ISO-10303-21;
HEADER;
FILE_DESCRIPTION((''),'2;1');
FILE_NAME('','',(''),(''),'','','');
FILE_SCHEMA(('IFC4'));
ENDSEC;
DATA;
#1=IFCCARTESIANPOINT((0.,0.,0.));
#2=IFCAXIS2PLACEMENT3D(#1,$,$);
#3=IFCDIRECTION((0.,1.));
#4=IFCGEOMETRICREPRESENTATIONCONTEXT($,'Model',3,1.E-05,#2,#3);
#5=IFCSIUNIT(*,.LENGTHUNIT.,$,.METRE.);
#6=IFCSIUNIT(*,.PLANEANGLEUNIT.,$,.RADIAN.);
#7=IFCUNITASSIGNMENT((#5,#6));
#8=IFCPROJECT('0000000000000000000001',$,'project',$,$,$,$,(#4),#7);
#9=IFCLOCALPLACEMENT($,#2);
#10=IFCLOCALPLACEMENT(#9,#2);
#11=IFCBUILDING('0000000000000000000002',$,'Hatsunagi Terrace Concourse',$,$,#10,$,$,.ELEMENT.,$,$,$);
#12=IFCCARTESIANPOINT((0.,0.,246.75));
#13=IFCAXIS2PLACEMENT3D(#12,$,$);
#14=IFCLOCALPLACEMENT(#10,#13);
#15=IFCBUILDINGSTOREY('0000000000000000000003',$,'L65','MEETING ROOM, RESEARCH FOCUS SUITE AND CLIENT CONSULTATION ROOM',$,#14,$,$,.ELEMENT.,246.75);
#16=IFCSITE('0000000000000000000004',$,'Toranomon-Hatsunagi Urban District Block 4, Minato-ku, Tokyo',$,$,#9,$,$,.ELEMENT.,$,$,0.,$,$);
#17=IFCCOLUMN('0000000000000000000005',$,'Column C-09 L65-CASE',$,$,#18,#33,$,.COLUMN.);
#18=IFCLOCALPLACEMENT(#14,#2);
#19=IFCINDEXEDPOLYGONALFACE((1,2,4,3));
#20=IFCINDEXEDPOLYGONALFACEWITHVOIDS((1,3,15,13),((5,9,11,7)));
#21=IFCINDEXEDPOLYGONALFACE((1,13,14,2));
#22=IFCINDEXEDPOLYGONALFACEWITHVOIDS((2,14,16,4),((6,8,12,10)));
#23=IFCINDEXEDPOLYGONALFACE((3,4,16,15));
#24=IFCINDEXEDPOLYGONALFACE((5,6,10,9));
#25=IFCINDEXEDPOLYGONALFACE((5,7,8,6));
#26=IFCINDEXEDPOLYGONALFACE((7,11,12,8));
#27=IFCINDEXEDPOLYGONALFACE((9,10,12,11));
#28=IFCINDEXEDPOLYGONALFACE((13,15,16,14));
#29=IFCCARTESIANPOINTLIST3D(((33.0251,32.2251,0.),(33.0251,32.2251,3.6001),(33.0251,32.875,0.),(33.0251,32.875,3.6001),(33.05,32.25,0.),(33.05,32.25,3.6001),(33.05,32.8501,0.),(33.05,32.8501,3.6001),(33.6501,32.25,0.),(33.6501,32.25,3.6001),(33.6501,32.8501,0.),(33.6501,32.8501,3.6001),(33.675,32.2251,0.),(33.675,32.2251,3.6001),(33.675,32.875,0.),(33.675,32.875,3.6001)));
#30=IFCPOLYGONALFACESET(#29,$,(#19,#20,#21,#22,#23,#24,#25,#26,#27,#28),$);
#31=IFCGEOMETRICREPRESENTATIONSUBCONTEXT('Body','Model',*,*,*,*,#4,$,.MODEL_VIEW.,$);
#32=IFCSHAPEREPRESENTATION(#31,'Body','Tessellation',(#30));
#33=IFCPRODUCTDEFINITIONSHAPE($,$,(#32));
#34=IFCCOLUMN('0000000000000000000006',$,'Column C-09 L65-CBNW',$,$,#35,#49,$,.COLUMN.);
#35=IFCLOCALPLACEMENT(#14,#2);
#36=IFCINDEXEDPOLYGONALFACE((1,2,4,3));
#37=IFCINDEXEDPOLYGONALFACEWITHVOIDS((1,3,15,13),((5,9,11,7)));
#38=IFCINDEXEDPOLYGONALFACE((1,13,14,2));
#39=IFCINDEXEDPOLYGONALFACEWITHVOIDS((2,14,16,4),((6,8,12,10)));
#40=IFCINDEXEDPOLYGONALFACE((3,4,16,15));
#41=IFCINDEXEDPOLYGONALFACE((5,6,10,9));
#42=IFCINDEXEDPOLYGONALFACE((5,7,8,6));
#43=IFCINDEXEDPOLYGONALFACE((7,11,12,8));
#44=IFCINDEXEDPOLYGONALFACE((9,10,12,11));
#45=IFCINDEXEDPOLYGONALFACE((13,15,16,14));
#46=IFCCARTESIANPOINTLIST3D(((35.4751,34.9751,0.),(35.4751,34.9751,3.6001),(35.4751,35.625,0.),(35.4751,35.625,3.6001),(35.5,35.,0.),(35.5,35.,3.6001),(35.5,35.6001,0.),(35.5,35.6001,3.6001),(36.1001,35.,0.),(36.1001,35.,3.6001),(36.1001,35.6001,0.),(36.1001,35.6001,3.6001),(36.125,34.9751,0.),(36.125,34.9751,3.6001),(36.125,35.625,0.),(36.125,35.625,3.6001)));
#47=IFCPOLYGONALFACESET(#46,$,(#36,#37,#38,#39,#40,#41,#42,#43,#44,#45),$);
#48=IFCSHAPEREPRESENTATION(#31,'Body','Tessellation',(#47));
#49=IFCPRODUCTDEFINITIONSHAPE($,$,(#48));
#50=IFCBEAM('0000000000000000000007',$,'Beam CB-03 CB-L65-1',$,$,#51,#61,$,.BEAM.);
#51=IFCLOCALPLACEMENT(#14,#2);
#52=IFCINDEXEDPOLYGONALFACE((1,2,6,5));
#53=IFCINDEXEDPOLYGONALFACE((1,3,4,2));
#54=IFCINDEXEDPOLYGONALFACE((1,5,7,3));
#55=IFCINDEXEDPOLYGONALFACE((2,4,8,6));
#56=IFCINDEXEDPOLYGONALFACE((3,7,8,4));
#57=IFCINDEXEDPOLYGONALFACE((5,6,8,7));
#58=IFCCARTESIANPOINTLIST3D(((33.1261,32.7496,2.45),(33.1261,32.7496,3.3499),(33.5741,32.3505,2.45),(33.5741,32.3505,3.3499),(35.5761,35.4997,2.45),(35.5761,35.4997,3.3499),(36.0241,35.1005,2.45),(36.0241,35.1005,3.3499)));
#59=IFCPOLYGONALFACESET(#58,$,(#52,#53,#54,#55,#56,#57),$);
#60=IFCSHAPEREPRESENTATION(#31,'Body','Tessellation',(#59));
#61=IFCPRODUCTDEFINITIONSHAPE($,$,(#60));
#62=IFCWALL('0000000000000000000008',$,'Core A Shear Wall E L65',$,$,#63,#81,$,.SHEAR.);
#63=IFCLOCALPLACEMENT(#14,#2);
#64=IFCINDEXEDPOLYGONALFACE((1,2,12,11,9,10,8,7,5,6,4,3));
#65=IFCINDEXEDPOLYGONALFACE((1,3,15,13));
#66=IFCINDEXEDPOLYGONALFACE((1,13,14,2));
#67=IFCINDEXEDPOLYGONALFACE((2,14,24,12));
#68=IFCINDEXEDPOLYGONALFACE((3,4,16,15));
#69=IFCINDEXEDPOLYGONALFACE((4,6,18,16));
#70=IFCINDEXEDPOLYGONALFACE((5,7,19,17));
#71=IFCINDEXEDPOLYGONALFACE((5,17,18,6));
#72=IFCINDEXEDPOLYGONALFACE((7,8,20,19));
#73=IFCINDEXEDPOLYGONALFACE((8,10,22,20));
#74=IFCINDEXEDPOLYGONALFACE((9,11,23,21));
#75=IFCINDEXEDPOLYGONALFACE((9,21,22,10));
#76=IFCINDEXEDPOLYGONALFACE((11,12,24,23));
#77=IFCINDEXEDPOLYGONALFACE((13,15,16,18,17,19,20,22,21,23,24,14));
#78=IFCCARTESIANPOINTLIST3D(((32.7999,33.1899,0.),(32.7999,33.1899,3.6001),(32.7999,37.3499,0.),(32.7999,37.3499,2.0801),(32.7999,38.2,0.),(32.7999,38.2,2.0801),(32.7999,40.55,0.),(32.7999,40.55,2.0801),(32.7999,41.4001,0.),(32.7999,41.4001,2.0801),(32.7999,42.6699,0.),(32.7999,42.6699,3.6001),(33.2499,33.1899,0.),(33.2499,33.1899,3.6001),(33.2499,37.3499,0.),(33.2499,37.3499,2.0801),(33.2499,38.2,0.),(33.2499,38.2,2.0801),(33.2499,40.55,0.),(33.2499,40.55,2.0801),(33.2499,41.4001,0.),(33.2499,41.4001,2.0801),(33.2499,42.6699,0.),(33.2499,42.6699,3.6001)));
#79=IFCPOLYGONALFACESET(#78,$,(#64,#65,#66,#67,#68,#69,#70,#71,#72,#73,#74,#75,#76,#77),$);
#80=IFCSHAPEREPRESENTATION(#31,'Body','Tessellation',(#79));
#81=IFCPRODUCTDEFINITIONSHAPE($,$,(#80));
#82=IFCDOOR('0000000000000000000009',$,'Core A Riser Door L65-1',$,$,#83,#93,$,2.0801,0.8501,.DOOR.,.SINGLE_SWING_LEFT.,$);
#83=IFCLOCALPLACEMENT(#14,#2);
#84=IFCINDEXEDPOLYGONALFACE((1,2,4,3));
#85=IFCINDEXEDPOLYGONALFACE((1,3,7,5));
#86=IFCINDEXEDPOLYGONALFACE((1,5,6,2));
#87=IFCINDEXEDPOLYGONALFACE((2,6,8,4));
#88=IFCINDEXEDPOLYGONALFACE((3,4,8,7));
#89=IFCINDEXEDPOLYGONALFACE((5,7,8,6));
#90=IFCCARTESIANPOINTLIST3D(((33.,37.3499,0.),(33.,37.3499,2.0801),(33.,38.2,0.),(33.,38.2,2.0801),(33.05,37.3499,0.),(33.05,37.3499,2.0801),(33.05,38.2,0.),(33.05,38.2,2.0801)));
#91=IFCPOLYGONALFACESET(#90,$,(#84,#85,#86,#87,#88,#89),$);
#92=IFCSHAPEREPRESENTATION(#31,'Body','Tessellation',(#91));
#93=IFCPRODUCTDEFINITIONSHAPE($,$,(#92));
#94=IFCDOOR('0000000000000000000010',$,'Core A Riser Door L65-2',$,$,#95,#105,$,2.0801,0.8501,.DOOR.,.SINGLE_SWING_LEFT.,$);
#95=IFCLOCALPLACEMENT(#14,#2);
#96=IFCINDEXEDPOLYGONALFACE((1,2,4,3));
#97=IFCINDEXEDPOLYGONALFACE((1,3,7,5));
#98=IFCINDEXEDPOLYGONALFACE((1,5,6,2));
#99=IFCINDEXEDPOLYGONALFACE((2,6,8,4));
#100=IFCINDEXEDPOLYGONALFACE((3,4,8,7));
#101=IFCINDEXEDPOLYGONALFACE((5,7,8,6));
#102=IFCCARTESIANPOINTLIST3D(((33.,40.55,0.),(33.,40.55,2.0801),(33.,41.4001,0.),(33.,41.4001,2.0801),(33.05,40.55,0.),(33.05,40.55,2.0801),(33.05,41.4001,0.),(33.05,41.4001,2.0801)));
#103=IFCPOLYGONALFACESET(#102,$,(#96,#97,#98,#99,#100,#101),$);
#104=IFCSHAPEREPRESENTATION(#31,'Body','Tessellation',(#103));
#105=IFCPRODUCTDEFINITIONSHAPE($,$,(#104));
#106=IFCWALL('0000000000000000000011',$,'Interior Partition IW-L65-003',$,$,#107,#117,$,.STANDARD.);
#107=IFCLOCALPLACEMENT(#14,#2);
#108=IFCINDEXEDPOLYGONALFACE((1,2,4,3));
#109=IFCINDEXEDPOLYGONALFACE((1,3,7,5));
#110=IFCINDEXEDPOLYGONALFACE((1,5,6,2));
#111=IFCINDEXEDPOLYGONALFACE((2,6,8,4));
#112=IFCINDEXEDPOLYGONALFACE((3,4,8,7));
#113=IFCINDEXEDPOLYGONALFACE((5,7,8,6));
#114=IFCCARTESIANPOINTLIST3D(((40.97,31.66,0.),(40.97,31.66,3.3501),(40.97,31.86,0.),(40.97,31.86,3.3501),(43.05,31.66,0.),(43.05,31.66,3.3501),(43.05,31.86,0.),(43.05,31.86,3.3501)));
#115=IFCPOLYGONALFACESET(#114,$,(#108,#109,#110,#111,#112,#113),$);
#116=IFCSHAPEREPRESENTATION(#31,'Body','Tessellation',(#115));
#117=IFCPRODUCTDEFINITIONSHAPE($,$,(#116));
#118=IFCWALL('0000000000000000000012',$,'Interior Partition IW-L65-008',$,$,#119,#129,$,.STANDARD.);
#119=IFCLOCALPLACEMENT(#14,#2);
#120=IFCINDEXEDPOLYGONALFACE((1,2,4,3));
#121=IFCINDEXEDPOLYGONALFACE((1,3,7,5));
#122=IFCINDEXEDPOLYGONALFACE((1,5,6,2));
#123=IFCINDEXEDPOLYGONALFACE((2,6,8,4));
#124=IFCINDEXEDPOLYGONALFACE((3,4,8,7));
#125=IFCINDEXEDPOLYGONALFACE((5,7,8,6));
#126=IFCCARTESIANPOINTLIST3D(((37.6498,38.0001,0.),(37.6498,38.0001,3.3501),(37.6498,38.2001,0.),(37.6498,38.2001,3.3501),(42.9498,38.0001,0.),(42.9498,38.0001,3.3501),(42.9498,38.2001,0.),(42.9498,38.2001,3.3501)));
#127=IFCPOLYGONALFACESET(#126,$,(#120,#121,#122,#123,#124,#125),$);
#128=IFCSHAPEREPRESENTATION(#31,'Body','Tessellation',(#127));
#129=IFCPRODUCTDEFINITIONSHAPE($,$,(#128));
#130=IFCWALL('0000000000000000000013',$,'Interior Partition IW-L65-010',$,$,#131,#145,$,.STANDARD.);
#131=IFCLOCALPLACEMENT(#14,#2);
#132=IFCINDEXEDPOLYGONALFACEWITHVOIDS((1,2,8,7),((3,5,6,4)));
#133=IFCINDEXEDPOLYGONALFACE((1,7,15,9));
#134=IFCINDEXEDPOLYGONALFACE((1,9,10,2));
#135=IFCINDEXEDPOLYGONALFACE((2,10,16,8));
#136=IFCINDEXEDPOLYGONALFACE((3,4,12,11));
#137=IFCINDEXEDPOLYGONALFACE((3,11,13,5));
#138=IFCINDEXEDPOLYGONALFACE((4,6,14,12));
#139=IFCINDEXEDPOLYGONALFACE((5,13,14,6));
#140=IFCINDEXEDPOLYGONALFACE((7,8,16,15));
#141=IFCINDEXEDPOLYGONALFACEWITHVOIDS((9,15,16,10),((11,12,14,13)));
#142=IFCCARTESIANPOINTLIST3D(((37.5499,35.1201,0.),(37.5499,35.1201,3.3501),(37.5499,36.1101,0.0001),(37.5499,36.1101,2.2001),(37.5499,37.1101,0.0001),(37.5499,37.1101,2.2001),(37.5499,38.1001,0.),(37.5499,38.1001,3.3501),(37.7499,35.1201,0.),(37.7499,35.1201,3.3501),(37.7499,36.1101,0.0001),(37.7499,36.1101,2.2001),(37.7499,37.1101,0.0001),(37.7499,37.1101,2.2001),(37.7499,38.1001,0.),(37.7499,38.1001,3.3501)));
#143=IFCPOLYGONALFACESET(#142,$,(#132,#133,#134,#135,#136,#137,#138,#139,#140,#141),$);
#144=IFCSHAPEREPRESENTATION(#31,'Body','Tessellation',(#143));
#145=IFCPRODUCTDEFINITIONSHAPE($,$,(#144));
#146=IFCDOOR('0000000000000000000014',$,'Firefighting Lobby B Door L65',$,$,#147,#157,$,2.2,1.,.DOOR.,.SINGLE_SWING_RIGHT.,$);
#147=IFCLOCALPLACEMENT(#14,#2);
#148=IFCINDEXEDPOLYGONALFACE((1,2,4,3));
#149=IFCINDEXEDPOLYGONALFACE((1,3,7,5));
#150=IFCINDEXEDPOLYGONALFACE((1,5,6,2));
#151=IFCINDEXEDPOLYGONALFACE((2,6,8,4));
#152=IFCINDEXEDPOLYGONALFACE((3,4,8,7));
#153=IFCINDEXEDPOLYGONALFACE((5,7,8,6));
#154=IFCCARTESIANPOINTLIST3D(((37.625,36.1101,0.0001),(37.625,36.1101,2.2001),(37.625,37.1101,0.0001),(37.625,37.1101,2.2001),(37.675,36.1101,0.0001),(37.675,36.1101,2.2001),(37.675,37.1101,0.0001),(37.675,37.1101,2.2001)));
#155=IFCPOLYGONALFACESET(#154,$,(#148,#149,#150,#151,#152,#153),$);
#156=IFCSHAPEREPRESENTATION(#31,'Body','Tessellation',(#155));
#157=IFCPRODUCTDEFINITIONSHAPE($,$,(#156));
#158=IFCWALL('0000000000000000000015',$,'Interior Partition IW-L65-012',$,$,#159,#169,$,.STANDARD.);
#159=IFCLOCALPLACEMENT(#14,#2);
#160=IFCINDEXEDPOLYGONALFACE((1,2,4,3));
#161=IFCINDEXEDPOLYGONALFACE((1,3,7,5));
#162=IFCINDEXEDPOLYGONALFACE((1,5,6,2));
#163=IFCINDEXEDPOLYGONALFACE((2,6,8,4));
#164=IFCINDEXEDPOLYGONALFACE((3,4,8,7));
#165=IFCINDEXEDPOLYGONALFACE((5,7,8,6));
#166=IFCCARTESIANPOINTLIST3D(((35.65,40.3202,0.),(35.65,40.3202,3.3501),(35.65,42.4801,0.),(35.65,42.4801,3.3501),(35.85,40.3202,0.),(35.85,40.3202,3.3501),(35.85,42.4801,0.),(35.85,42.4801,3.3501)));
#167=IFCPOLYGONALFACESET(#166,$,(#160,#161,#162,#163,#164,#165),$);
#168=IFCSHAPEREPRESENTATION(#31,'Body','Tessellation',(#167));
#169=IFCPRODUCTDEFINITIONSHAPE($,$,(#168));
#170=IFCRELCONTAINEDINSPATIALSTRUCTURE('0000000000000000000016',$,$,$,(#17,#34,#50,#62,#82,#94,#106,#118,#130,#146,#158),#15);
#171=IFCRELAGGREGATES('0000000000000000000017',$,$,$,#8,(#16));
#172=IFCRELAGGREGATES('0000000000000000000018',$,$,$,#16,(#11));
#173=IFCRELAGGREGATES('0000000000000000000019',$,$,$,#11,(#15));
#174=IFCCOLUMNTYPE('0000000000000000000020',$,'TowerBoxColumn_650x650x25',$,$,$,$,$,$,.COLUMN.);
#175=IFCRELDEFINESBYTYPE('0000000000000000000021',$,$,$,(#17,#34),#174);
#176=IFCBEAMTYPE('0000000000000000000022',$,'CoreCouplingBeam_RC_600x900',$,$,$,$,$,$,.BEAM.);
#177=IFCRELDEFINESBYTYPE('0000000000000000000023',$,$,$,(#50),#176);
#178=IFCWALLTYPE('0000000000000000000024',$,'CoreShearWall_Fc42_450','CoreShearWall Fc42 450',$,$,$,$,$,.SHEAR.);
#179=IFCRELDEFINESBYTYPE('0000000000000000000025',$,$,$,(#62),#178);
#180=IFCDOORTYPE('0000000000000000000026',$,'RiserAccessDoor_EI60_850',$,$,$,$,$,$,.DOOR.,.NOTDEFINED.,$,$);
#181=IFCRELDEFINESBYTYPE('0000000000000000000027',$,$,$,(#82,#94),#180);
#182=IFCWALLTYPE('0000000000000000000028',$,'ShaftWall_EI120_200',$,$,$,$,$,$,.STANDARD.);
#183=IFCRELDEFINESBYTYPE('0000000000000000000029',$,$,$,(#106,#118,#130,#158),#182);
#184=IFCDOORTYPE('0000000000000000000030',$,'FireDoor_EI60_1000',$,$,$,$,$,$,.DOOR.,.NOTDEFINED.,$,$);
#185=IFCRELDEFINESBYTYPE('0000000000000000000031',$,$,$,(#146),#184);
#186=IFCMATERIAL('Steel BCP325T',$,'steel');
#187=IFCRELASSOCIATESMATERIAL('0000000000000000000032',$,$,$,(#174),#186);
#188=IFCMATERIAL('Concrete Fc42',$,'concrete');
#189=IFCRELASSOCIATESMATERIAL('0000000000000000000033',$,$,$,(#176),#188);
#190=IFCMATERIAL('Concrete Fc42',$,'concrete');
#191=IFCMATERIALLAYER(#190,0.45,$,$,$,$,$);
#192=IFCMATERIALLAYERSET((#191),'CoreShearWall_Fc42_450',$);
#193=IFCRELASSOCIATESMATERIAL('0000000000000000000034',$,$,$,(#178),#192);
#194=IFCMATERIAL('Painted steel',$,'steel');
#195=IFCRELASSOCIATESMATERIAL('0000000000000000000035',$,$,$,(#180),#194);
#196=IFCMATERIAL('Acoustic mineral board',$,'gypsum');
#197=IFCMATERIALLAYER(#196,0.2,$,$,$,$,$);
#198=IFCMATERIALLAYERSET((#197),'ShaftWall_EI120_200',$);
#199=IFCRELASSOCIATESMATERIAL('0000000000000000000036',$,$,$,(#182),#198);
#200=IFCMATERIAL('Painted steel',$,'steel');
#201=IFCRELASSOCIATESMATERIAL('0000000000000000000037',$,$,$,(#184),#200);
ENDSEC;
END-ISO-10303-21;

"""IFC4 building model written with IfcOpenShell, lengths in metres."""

from ifc_helpers import new_model, si_unit, direction, frame, frame_2d, origin, origin_2d, place, context, subcontext, project, spatial, rectangle, hollow_rectangle, extrude, material, layer, layer_set, material_profile, profile_set, type_object, element, fill, save


model = new_model("IFC4")

# Units and contexts
model_context = context("Model", 3, precision=1e-05, world=origin(), true_north=direction((0.0, 1.0)))
body_context = subcontext(model_context, "Body", "Model", "MODEL_VIEW")
ifc_project = project(units=[si_unit("LENGTHUNIT", "METRE"), si_unit("PLANEANGLEUNIT", "RADIAN")], contexts=[model_context])

# Site, building, storey
site_placement = place(None, origin())
site = spatial("IfcSite", under=ifc_project, at=site_placement, Name="Toranomon-Hatsunagi Urban District Block 4, Minato-ku, Tokyo", CompositionType="ELEMENT", RefElevation=0.0)
building_placement = place(site_placement, origin())
building = spatial("IfcBuilding", under=site, at=building_placement, Name="Hatsunagi Terrace Concourse", CompositionType="ELEMENT")
storey_placement = place(building_placement, frame((0.0, 0.0, 246.75)))
storey = spatial("IfcBuildingStorey", under=building, at=storey_placement, Name="L65", Description="MEETING ROOM, RESEARCH FOCUS SUITE AND CLIENT CONSULTATION ROOM", CompositionType="ELEMENT", Elevation=246.75)

# Columns
ifc_material_1 = material(Name="Steel BCP325T", Category="steel")
ifc_material_profile_1 = material_profile(ifc_material_1, hollow_rectangle(XDim=0.6499, YDim=0.6499, WallThickness=0.0249, at=origin_2d()), Name="BCP-650x650x25")
ifc_profile_set_1 = profile_set([ifc_material_profile_1], Name="Steel BCP325T")
column_type = type_object("IfcColumnType", Name="TowerBoxColumn_650x650x25", PredefinedType="COLUMN", material=ifc_profile_set_1)
for number, where, z_axis, x_axis, name in (
    (1, (33.3501, 32.55, 0.0), (0.0, 0.0, 1.0), (1.0, 0.0, 0.0), "Column C-09 L65-CASE"),
    (2, (35.8, 35.3, 0.0), (0.0, 0.0, 1.0), (1.0, 0.0, 0.0), "Column C-09 L65-CBNW"),
):
    element("IfcColumn", number, at=place(storey_placement, frame(where, z_axis=z_axis, x_axis=x_axis)), inside=storey, type_object=column_type, Name=name, PredefinedType="COLUMN", context=body_context, shape_type="SweptSolid", body=[
        extrude(hollow_rectangle(XDim=0.6499, YDim=0.6499, WallThickness=0.0249, at=origin_2d()), origin(), (0.0, 0.0, 1.0), 3.6001),
    ])

# Beam
ifc_material_2 = material(Name="Concrete Fc42", Category="concrete")
ifc_material_profile_2 = material_profile(ifc_material_2, rectangle(XDim=0.6001, YDim=0.8999, at=origin_2d()), Name="RC-600x900")
ifc_profile_set_2 = profile_set([ifc_material_profile_2], Name="Concrete Fc42")
beam_type = type_object("IfcBeamType", Name="CoreCouplingBeam_RC_600x900", PredefinedType="BEAM", material=ifc_profile_set_2)
beam_placement = place(storey_placement, frame((33.3501, 32.55, 2.8999), z_axis=(0.665199, 0.746666, 0.0), x_axis=(-0.746666, 0.665199, 0.0)))
element("IfcBeam", 3, at=beam_placement, inside=storey, type_object=beam_type, Name="Beam CB-03 CB-L65-1", PredefinedType="BEAM", context=body_context, shape_type="SweptSolid", body=[
    extrude(rectangle(XDim=0.6001, YDim=0.8999, at=origin_2d()), origin(), (0.0, 0.0, 1.0), 3.6831),
])

# Wall, openings, doors
ifc_material_3 = material(Name="Concrete Fc42", Category="concrete")
ifc_layer_1 = layer(ifc_material_3, 0.45)
ifc_layer_set_1 = layer_set([ifc_layer_1], Name="CoreShearWall_Fc42_450")
wall_type_1 = type_object("IfcWallType", Name="CoreShearWall_Fc42_450", Description="CoreShearWall Fc42 450", PredefinedType="SHEAR", material=ifc_layer_set_1)
wall_1_placement = place(storey_placement, frame((33.0249, 33.1899, 0.0), z_axis=(0.0, 0.0, 1.0), x_axis=(0.0, 1.0, 0.0)))
wall_1 = element("IfcWall", 4, at=wall_1_placement, inside=storey, type_object=wall_type_1, Name="Core A Shear Wall E L65", PredefinedType="SHEAR", context=body_context, shape_type="SweptSolid", body=[
    extrude(rectangle(XDim=9.48, YDim=0.45, at=frame_2d((4.74, 0.0))), origin(), (0.0, 0.0, 1.0), 3.6001),
])
opening_1_placement = place(wall_1_placement, frame((4.1599, 0.0, 0.0)))
opening_1 = element("IfcOpeningElement", 5, at=opening_1_placement, cuts=wall_1, PredefinedType="OPENING", context=body_context, shape_type="SweptSolid", body=[
    extrude(rectangle(XDim=0.8501, YDim=2.0801, at=frame_2d((0.425, 1.04))), frame((0.0, 0.2349, 0.0), z_axis=(0.0, -1.0, 0.0), x_axis=(1.0, 0.0, 0.0)), (0.0, 0.0, 1.0), 0.47),
])
opening_2_placement = place(wall_1_placement, frame((7.3601, 0.0, 0.0)))
opening_2 = element("IfcOpeningElement", 6, at=opening_2_placement, cuts=wall_1, PredefinedType="OPENING", context=body_context, shape_type="SweptSolid", body=[
    extrude(rectangle(XDim=0.8501, YDim=2.0801, at=frame_2d((0.425, 1.04))), frame((0.0, 0.2349, 0.0), z_axis=(0.0, -1.0, 0.0), x_axis=(1.0, 0.0, 0.0)), (0.0, 0.0, 1.0), 0.47),
])
ifc_material_4 = material(Name="Painted steel", Category="steel")
door_type_1 = type_object("IfcDoorType", Name="RiserAccessDoor_EI60_850", OperationType="NOTDEFINED", PredefinedType="DOOR", material=ifc_material_4)
door_1_placement = place(opening_1_placement, origin())
door_1 = element("IfcDoor", 7, at=door_1_placement, inside=storey, type_object=door_type_1, Name="Core A Riser Door L65-1", OperationType="SINGLE_SWING_LEFT", OverallHeight=2.0801, OverallWidth=0.8501, PredefinedType="DOOR", context=body_context, shape_type="SweptSolid", body=[
    extrude(rectangle(XDim=0.8501, YDim=2.0801, at=frame_2d((0.425, 1.04))), frame((0.0, 0.0249, 0.0), z_axis=(0.0, -1.0, 0.0), x_axis=(1.0, 0.0, 0.0)), (0.0, 0.0, 1.0), 0.05),
])
fill(opening_1, door_1)
door_2_placement = place(opening_2_placement, origin())
door_2 = element("IfcDoor", 8, at=door_2_placement, inside=storey, type_object=door_type_1, Name="Core A Riser Door L65-2", OperationType="SINGLE_SWING_LEFT", OverallHeight=2.0801, OverallWidth=0.8501, PredefinedType="DOOR", context=body_context, shape_type="SweptSolid", body=[
    extrude(rectangle(XDim=0.8501, YDim=2.0801, at=frame_2d((0.425, 1.04))), frame((0.0, 0.0249, 0.0), z_axis=(0.0, -1.0, 0.0), x_axis=(1.0, 0.0, 0.0)), (0.0, 0.0, 1.0), 0.05),
])
fill(opening_2, door_2)

# Walls
ifc_material_5 = material(Name="Acoustic mineral board", Category="gypsum")
ifc_layer_2 = layer(ifc_material_5, 0.2)
ifc_layer_set_2 = layer_set([ifc_layer_2], Name="ShaftWall_EI120_200")
wall_type_2 = type_object("IfcWallType", Name="ShaftWall_EI120_200", PredefinedType="STANDARD", material=ifc_layer_set_2)
wall_2_placement = place(storey_placement, frame((40.97, 31.76, 0.0), z_axis=(0.0, 0.0, 1.0), x_axis=(1.0, 0.0, 0.0)))
element("IfcWall", 9, at=wall_2_placement, inside=storey, type_object=wall_type_2, Name="Interior Partition IW-L65-003", PredefinedType="STANDARD", context=body_context, shape_type="SweptSolid", body=[
    extrude(rectangle(XDim=2.0801, YDim=0.2, at=frame_2d((1.04, 0.0))), origin(), (0.0, 0.0, 1.0), 3.3501),
])
wall_3_placement = place(storey_placement, frame((37.6499, 38.1001, 0.0), z_axis=(0.0, 0.0, 1.0), x_axis=(1.0, 0.0, 0.0)))
element("IfcWall", 10, at=wall_3_placement, inside=storey, type_object=wall_type_2, Name="Interior Partition IW-L65-008", PredefinedType="STANDARD", context=body_context, shape_type="SweptSolid", body=[
    extrude(rectangle(XDim=5.3, YDim=0.2, at=frame_2d((2.6499, 0.0))), origin(), (0.0, 0.0, 1.0), 3.3501),
])

# Wall, opening, door
wall_4_placement = place(storey_placement, frame((37.6499, 35.1201, 0.0), z_axis=(0.0, 0.0, 1.0), x_axis=(0.0, 1.0, 0.0)))
wall_4 = element("IfcWall", 11, at=wall_4_placement, inside=storey, type_object=wall_type_2, Name="Interior Partition IW-L65-010", PredefinedType="STANDARD", context=body_context, shape_type="SweptSolid", body=[
    extrude(rectangle(XDim=2.98, YDim=0.2, at=frame_2d((1.49, 0.0))), origin(), (0.0, 0.0, 1.0), 3.3501),
])
opening_3_placement = place(wall_4_placement, frame((0.99, 0.0, 0.0)))
opening_3 = element("IfcOpeningElement", 12, at=opening_3_placement, cuts=wall_4, PredefinedType="OPENING", context=body_context, shape_type="SweptSolid", body=[
    extrude(rectangle(XDim=1.0, YDim=2.2, at=frame_2d((0.5, 1.1001))), frame((0.0, 0.1099, 0.0), z_axis=(0.0, -1.0, 0.0), x_axis=(1.0, 0.0, 0.0)), (0.0, 0.0, 1.0), 0.22),
])
ifc_material_6 = material(Name="Painted steel", Category="steel")
door_type_2 = type_object("IfcDoorType", Name="FireDoor_EI60_1000", OperationType="NOTDEFINED", PredefinedType="DOOR", material=ifc_material_6)
door_3_placement = place(opening_3_placement, origin())
door_3 = element("IfcDoor", 13, at=door_3_placement, inside=storey, type_object=door_type_2, Name="Firefighting Lobby B Door L65", OperationType="SINGLE_SWING_RIGHT", OverallHeight=2.2, OverallWidth=1.0, PredefinedType="DOOR", context=body_context, shape_type="SweptSolid", body=[
    extrude(rectangle(XDim=1.0, YDim=2.2, at=frame_2d((0.5, 1.1001))), frame((0.0, 0.0249, 0.0), z_axis=(0.0, -1.0, 0.0), x_axis=(1.0, 0.0, 0.0)), (0.0, 0.0, 1.0), 0.05),
])
fill(opening_3, door_3)

# Wall
for number, where, z_axis, x_axis, name in (
    (14, (35.75, 40.3201, 0.0), (0.0, 0.0, 1.0), (0.0, 1.0, 0.0), "Interior Partition IW-L65-012"),
):
    element("IfcWall", number, at=place(storey_placement, frame(where, z_axis=z_axis, x_axis=x_axis)), inside=storey, type_object=wall_type_2, Name=name, PredefinedType="STANDARD", context=body_context, shape_type="SweptSolid", body=[
        extrude(rectangle(XDim=2.1599, YDim=0.2, at=frame_2d((1.0801, 0.0))), origin(), (0.0, 0.0, 1.0), 3.3501),
    ])

save(model, "model.ifc")
